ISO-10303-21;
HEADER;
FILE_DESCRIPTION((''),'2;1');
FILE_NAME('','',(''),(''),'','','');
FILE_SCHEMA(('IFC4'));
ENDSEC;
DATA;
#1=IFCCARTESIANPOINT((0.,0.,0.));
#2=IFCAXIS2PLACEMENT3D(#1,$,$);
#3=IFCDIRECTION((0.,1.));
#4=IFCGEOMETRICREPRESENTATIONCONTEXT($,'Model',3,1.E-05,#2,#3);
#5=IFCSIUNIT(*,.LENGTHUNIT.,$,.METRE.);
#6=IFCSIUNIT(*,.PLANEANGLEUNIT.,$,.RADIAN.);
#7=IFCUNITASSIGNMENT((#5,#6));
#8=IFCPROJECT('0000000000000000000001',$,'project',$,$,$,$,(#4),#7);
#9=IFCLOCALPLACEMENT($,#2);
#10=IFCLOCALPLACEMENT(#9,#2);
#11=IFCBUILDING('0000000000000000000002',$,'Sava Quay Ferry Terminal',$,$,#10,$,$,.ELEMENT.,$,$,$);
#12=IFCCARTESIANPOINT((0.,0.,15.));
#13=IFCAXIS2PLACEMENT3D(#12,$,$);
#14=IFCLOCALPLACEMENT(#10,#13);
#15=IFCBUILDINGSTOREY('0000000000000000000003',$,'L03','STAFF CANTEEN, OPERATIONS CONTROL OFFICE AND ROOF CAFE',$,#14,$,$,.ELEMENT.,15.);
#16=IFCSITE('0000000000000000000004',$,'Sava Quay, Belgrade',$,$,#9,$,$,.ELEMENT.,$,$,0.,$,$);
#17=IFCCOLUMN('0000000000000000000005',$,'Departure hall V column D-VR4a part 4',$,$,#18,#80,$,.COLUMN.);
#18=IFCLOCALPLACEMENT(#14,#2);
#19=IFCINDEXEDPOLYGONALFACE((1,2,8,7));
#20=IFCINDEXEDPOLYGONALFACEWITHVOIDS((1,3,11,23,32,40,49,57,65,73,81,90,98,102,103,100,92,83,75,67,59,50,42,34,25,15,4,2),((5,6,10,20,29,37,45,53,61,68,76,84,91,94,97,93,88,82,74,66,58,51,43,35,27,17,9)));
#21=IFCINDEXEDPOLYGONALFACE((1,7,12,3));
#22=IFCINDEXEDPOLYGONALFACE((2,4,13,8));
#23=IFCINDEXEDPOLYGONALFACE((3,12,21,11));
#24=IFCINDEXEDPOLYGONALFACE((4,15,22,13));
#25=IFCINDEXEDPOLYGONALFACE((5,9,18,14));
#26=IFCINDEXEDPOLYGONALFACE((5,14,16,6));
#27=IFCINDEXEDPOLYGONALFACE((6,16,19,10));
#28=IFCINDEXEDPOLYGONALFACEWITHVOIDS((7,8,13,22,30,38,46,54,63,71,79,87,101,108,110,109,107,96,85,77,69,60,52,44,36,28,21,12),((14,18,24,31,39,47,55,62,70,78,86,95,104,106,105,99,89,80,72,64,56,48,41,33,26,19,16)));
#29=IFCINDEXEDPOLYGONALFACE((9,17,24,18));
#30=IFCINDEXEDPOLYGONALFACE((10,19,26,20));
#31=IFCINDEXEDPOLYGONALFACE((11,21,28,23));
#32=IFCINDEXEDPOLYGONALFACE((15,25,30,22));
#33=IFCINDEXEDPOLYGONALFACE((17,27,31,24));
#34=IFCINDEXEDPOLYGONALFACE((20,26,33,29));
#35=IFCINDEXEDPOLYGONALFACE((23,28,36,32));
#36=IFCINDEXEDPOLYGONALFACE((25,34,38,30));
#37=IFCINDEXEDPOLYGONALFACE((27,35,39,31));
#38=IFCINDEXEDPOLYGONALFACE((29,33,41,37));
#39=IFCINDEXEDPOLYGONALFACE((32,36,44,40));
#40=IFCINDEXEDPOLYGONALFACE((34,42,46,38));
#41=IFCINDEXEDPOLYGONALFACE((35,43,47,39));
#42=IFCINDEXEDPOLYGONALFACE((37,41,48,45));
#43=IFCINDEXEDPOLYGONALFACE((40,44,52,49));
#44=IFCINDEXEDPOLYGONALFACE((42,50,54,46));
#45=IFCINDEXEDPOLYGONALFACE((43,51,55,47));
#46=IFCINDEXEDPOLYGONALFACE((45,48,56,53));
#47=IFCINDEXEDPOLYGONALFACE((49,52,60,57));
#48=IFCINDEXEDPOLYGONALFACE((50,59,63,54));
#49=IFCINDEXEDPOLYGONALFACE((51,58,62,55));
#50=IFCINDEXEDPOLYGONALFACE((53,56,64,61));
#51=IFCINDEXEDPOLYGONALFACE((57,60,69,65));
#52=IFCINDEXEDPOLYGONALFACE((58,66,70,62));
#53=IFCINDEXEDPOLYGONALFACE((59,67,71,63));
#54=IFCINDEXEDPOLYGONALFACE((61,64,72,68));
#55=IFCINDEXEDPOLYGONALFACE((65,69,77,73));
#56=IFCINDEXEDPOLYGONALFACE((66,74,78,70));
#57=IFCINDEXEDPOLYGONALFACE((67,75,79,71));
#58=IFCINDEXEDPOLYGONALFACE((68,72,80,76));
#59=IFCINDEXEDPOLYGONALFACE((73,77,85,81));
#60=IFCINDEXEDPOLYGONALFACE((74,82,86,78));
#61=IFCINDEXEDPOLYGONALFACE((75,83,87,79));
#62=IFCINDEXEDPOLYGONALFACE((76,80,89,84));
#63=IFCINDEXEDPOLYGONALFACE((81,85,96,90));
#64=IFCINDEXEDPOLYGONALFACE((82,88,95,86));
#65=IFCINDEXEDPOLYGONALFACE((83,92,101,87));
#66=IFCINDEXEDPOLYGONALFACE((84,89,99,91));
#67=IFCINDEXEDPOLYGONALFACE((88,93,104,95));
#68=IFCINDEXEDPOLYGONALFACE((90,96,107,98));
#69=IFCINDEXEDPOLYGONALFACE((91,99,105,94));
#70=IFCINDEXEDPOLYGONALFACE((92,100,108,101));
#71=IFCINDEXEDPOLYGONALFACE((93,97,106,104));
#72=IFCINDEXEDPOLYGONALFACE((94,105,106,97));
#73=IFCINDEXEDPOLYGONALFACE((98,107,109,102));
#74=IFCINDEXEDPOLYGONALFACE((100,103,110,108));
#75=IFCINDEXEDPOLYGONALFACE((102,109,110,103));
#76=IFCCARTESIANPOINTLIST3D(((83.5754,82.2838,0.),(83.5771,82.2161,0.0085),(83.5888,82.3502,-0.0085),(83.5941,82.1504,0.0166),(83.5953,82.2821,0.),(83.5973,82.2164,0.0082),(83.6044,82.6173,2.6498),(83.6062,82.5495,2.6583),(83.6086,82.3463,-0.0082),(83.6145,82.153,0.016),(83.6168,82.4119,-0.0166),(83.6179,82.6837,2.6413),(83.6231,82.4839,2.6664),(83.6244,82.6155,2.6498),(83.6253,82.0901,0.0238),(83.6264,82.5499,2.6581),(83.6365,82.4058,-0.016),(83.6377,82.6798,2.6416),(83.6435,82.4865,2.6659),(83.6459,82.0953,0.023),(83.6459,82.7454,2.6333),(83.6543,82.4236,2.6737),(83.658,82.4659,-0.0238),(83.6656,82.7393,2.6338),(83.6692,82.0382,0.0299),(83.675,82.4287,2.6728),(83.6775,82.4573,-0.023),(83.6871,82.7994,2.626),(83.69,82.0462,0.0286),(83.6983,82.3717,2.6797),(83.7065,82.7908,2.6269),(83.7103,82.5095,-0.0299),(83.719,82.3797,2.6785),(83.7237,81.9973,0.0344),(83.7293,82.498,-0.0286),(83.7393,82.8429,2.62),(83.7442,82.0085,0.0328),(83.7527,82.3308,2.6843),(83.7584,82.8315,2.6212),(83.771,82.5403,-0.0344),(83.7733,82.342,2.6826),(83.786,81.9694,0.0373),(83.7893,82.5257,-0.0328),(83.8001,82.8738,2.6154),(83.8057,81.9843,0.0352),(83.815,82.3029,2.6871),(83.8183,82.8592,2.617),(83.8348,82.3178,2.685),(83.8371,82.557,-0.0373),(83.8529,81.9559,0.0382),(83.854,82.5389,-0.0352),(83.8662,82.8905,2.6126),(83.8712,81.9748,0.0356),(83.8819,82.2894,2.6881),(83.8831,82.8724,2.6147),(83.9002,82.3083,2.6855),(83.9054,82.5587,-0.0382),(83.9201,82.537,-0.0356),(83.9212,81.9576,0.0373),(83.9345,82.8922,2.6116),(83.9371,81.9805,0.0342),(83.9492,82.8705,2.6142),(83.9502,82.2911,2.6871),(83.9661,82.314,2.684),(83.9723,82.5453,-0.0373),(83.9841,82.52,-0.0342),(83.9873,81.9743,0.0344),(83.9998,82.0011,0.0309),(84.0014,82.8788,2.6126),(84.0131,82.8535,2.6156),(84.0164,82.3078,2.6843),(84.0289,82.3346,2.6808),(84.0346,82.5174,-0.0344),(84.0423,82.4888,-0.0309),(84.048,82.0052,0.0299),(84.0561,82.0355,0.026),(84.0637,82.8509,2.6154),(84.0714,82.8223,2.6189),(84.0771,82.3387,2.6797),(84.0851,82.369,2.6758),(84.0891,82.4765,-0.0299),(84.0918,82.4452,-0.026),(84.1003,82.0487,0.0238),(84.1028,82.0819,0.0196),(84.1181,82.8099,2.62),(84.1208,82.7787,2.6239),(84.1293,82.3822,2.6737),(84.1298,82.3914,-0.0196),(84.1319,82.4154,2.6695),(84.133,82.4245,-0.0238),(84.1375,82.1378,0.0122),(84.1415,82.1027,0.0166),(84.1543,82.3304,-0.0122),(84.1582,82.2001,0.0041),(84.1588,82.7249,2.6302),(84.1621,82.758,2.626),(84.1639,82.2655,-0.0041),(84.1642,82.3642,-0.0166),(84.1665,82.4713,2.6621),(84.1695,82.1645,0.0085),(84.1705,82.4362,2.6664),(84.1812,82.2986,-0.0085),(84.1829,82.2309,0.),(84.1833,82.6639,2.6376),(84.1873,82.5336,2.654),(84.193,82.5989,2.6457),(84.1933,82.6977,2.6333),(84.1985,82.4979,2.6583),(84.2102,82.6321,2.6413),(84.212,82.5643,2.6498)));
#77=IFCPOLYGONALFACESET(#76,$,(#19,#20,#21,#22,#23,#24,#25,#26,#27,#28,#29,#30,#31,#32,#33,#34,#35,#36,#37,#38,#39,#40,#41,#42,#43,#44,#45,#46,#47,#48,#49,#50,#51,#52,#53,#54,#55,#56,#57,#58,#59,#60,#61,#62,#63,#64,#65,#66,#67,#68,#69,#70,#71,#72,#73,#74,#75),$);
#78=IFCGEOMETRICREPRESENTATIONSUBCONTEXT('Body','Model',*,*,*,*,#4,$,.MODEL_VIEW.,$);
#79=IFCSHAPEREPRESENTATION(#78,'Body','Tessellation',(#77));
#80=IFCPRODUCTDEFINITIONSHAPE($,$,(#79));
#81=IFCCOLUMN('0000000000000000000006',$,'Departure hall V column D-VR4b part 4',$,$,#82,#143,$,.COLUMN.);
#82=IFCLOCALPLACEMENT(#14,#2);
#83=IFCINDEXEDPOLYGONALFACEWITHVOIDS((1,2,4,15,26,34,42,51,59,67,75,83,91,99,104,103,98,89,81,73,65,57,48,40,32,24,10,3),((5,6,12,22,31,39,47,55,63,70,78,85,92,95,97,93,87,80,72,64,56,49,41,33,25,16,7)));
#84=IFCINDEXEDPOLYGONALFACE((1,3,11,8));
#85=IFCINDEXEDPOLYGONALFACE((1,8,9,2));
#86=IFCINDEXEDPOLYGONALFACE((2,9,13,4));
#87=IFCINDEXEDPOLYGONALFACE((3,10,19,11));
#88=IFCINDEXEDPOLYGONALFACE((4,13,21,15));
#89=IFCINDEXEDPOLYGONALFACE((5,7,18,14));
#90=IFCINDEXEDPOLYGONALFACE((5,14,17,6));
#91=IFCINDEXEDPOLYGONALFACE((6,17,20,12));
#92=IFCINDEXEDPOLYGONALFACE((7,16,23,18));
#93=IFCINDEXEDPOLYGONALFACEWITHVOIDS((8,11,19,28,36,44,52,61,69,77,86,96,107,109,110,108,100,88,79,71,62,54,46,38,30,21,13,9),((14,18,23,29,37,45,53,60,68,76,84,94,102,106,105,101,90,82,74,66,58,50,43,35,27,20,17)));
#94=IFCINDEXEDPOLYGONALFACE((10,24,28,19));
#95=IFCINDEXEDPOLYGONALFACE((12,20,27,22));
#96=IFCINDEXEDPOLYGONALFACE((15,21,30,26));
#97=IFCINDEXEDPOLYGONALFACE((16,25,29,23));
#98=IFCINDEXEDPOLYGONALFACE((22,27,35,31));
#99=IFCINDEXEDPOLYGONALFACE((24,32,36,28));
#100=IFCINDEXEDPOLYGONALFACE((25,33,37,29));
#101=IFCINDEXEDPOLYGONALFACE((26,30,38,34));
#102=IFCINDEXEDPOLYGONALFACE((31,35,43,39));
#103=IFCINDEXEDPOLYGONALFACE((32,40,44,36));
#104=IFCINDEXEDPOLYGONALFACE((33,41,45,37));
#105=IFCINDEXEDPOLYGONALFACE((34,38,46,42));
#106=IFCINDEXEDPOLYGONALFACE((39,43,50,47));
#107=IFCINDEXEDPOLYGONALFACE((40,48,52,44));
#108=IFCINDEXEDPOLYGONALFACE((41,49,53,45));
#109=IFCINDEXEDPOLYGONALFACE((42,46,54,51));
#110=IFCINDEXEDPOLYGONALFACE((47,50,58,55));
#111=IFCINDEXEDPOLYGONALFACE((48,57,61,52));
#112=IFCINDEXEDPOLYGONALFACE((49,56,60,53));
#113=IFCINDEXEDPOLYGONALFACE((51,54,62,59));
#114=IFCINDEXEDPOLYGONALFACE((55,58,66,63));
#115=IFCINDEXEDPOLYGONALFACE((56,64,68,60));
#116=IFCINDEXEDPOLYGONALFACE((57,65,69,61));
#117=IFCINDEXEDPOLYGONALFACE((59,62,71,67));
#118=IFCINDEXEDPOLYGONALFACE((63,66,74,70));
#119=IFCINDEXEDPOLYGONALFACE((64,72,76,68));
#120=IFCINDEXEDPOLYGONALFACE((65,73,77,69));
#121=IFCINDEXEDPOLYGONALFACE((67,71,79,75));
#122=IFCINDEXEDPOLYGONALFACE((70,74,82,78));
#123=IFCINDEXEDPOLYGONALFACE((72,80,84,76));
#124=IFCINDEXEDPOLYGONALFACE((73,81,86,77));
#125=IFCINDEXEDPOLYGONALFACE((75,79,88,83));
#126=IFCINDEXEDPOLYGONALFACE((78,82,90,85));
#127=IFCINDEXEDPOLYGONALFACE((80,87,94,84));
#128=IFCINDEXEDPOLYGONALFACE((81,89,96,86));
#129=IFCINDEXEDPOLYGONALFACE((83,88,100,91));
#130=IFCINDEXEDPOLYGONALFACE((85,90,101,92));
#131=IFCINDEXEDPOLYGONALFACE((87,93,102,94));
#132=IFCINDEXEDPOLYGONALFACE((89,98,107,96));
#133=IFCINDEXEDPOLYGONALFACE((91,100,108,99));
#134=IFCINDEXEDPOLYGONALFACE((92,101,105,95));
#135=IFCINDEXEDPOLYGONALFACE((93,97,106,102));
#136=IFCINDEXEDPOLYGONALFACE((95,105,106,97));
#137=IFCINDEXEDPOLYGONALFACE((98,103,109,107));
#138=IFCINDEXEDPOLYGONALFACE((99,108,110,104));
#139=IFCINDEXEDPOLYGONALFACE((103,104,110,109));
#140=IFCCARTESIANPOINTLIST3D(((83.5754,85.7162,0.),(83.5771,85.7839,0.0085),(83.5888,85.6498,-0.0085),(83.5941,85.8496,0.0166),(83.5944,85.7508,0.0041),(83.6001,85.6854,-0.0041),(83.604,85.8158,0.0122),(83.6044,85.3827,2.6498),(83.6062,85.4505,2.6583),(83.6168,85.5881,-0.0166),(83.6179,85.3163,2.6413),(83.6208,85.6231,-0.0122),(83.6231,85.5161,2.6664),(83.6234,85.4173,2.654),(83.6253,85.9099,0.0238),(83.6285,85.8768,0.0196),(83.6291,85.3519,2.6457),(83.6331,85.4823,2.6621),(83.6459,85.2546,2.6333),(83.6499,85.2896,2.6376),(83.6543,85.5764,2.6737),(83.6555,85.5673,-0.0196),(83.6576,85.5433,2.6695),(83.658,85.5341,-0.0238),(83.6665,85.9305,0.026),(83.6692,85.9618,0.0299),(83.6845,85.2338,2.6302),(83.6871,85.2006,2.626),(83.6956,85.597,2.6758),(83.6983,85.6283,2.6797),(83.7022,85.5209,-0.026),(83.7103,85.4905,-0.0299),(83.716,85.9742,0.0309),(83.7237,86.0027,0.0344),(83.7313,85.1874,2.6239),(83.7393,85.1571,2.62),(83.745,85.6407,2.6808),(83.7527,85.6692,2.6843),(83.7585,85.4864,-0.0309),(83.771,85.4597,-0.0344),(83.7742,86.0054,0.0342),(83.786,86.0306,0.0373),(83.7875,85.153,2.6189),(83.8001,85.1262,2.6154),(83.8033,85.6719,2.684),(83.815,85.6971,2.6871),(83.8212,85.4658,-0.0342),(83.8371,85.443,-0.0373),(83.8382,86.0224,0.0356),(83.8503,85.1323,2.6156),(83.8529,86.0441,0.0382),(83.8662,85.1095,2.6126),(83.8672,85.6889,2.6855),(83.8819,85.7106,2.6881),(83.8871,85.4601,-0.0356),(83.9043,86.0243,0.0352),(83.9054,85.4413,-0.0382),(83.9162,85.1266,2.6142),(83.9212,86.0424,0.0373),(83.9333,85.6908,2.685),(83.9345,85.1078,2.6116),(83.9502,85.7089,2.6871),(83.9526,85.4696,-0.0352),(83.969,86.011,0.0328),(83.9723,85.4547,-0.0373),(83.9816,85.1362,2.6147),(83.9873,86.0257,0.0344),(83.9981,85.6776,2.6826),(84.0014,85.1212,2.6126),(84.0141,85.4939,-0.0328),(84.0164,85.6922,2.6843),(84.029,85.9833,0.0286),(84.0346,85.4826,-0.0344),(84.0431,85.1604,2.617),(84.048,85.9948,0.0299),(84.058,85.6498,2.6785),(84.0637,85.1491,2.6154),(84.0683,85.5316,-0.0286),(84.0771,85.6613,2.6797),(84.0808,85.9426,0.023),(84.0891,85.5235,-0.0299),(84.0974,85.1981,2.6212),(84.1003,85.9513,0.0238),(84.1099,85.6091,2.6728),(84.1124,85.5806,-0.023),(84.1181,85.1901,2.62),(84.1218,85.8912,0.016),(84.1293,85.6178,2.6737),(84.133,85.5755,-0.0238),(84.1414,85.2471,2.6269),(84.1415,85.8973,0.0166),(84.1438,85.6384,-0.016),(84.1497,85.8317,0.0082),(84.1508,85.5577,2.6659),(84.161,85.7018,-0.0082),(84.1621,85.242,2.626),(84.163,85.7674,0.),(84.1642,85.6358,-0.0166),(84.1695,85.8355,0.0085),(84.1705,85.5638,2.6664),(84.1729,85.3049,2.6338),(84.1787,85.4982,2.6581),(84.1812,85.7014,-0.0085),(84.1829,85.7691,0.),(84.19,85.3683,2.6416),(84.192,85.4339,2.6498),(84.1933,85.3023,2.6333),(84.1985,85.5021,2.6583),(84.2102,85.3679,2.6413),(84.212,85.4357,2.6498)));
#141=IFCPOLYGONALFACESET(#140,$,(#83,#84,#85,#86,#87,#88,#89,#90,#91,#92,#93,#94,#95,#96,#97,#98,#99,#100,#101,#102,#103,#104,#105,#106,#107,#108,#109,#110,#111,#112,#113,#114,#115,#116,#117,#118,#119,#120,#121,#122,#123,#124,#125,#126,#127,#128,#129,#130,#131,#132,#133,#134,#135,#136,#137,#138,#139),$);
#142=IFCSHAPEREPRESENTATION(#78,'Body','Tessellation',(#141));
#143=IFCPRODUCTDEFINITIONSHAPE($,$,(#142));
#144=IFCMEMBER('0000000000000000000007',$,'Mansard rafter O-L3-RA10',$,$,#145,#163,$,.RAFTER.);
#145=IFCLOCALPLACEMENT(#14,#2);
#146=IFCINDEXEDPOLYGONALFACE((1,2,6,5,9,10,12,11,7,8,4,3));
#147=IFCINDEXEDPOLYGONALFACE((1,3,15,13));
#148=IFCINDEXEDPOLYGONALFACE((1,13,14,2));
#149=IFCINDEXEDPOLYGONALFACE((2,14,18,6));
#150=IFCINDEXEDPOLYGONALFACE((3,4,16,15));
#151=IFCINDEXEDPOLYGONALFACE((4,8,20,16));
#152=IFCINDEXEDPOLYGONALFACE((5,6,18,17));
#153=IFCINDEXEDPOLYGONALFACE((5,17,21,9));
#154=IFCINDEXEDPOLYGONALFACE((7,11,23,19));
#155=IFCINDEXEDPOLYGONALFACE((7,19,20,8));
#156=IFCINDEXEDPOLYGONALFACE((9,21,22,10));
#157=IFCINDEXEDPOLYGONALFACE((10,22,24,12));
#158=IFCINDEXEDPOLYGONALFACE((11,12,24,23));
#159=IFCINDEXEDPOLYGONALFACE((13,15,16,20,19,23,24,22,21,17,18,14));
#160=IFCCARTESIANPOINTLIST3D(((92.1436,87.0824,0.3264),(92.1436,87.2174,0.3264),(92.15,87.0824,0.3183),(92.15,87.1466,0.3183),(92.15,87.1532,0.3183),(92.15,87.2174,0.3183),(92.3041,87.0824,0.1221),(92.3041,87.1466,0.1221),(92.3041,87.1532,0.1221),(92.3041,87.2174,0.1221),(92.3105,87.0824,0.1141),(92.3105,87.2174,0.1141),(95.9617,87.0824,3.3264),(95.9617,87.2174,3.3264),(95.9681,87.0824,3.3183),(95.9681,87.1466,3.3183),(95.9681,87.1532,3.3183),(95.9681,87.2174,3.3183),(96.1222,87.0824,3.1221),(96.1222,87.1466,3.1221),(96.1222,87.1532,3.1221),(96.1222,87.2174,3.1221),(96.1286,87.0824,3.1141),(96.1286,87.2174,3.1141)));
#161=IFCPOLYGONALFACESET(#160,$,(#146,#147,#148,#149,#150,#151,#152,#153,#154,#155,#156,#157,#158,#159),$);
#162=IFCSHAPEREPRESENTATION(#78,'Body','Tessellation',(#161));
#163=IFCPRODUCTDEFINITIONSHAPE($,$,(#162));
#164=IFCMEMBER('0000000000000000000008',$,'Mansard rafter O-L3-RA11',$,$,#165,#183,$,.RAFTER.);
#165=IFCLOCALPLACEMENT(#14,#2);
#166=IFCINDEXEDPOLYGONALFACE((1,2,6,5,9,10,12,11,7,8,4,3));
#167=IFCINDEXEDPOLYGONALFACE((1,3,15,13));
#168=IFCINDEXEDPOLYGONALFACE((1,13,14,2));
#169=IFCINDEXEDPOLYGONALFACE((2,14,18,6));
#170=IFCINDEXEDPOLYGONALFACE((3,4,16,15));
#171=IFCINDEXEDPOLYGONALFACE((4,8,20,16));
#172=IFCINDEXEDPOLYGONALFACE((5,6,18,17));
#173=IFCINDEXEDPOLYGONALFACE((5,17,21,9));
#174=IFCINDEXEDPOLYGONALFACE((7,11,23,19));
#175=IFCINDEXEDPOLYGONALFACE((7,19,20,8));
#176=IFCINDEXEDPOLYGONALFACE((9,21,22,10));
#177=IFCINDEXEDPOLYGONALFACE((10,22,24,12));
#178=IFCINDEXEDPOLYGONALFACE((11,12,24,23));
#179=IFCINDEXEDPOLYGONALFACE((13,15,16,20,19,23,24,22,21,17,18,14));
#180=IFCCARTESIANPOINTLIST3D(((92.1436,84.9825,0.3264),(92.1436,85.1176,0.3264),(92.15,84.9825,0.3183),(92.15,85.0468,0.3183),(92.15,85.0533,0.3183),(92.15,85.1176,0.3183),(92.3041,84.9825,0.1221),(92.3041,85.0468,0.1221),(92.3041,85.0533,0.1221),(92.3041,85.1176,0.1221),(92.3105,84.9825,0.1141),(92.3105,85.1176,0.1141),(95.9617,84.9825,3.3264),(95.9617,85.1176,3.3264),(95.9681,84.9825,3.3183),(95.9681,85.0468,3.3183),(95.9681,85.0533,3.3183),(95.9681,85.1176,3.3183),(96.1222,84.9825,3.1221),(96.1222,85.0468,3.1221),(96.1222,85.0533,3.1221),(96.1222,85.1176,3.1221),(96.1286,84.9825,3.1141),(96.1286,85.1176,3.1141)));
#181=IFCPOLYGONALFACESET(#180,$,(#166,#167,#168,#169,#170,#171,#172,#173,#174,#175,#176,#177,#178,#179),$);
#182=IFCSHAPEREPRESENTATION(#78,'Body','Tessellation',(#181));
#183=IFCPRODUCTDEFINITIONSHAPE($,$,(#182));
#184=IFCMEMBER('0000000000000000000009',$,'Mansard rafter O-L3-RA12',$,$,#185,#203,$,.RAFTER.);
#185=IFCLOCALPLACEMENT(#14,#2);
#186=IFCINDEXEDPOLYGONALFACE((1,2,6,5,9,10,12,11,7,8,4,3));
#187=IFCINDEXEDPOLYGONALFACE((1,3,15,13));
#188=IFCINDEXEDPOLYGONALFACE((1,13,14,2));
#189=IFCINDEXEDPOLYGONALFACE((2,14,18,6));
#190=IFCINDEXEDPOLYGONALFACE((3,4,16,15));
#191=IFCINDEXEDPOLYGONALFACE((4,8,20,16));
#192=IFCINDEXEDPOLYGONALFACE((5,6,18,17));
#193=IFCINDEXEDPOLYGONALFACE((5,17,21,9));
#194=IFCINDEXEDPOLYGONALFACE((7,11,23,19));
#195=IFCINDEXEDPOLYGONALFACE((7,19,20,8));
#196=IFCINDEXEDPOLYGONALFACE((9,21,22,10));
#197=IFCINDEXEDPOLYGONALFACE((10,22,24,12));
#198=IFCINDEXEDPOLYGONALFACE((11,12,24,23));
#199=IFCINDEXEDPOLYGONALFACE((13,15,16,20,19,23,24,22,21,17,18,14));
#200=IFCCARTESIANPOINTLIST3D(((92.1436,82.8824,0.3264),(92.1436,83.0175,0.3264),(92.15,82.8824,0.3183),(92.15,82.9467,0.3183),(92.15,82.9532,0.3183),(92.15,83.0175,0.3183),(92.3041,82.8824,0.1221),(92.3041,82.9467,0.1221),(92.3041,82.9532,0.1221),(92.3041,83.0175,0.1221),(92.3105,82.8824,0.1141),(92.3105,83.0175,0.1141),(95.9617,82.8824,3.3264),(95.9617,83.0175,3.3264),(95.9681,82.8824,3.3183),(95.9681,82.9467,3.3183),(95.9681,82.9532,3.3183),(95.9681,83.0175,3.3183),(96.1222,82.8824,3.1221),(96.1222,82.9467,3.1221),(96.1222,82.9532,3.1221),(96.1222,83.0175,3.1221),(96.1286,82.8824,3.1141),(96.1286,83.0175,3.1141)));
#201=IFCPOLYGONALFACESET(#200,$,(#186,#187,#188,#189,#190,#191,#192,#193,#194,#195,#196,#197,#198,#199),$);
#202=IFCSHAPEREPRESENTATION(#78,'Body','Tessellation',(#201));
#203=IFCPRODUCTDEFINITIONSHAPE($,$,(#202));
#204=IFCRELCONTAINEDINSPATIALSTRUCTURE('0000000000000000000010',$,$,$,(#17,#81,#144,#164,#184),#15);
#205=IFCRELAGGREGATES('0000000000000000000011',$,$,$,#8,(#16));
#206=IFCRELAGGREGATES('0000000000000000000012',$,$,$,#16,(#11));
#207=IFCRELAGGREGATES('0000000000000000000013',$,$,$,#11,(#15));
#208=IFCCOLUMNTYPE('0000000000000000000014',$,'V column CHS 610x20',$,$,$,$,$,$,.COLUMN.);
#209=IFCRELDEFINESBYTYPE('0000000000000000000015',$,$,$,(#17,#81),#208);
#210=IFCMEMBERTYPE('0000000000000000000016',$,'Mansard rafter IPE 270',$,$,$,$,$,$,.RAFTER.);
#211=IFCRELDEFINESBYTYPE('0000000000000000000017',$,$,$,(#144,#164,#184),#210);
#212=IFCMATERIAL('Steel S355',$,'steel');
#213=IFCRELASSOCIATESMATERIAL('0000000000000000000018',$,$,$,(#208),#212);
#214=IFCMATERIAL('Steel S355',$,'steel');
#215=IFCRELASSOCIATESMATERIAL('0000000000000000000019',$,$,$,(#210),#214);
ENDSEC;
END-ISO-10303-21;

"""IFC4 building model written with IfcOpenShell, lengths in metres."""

from ifc_helpers import new_model, si_unit, direction, frame, origin, origin_2d, place, context, subcontext, project, spatial, hollow_circle, i_section, extrude, material, material_profile, profile_set, type_object, element, save


model = new_model("IFC4")

# Units and contexts
model_context = context("Model", 3, precision=1e-05, world=origin(), true_north=direction((0.0, 1.0)))
body_context = subcontext(model_context, "Body", "Model", "MODEL_VIEW")
ifc_project = project(units=[si_unit("LENGTHUNIT", "METRE"), si_unit("PLANEANGLEUNIT", "RADIAN")], contexts=[model_context])

# Site, building, storey
site_placement = place(None, origin())
site = spatial("IfcSite", under=ifc_project, at=site_placement, Name="Sava Quay, Belgrade", CompositionType="ELEMENT", RefElevation=0.0)
building_placement = place(site_placement, origin())
building = spatial("IfcBuilding", under=site, at=building_placement, Name="Sava Quay Ferry Terminal", CompositionType="ELEMENT")
storey_placement = place(building_placement, frame((0.0, 0.0, 15.0)))
storey = spatial("IfcBuildingStorey", under=building, at=storey_placement, Name="L03", Description="STAFF CANTEEN, OPERATIONS CONTROL OFFICE AND ROOF CAFE", CompositionType="ELEMENT", Elevation=15.0)

# Columns
ifc_material_1 = material(Name="Steel S355", Category="steel")
ifc_material_profile_1 = material_profile(ifc_material_1, hollow_circle(Radius=0.3049, WallThickness=0.02, at=origin_2d()), Name="CHS 610 x 20.0")
ifc_profile_set_1 = profile_set([ifc_material_profile_1], Name="Steel S355")
column_type = type_object("IfcColumnType", Name="V column CHS 610x20", PredefinedType="COLUMN", material=ifc_profile_set_1)
for number, where, z_axis, x_axis, name in (
    (1, (83.8792, 82.2573, 0.0), (0.010877, 0.12486, 0.992115), (-0.996227, 0.086787, 0.0), "Departure hall V column D-VR4a part 4"),
    (2, (83.8792, 85.7427, 0.0), (0.010877, -0.12486, 0.992115), (0.996227, 0.086787, 0.0), "Departure hall V column D-VR4b part 4"),
):
    element("IfcColumn", number, at=place(storey_placement, frame(where, z_axis=z_axis, x_axis=x_axis)), inside=storey, type_object=column_type, Name=name, PredefinedType="COLUMN", context=body_context, shape_type="SweptSolid", body=[
        extrude(hollow_circle(Radius=0.3049, WallThickness=0.02, at=origin_2d()), origin(), (0.0, 0.0, 1.0), 2.6709),
    ])

# Members
ifc_material_2 = material(Name="Steel S355", Category="steel")
ifc_material_profile_2 = material_profile(ifc_material_2, i_section(OverallWidth=0.135, OverallDepth=0.27, WebThickness=0.0066, FlangeThickness=0.0103, at=origin_2d()), Name="IPE 270")
ifc_profile_set_2 = profile_set([ifc_material_profile_2], Name="Steel S355")
member_type_1 = type_object("IfcMemberType", Name="Mansard rafter IPE 270", PredefinedType="RAFTER", material=ifc_profile_set_2)
for number, where, z_axis, x_axis, name in (
    (3, (92.2271, 87.1499, 0.2202), (0.786313, 0.0, 0.617828), (0.0, 1.0, 0.0), "Mansard rafter O-L3-RA10"),
    (4, (92.2271, 85.05, 0.2202), (0.786313, 0.0, 0.617828), (0.0, 1.0, 0.0), "Mansard rafter O-L3-RA11"),
    (5, (92.2271, 82.95, 0.2202), (0.786313, 0.0, 0.617828), (0.0, 1.0, 0.0), "Mansard rafter O-L3-RA12"),
):
    element("IfcMember", number, at=place(storey_placement, frame(where, z_axis=z_axis, x_axis=x_axis)), inside=storey, type_object=member_type_1, Name=name, PredefinedType="RAFTER", context=body_context, shape_type="SweptSolid", body=[
        extrude(i_section(OverallWidth=0.135, OverallDepth=0.27, WebThickness=0.0066, FlangeThickness=0.0103, at=origin_2d()), origin(), (0.0, 0.0, 1.0), 4.8557),
    ])

save(model, "model.ifc")
